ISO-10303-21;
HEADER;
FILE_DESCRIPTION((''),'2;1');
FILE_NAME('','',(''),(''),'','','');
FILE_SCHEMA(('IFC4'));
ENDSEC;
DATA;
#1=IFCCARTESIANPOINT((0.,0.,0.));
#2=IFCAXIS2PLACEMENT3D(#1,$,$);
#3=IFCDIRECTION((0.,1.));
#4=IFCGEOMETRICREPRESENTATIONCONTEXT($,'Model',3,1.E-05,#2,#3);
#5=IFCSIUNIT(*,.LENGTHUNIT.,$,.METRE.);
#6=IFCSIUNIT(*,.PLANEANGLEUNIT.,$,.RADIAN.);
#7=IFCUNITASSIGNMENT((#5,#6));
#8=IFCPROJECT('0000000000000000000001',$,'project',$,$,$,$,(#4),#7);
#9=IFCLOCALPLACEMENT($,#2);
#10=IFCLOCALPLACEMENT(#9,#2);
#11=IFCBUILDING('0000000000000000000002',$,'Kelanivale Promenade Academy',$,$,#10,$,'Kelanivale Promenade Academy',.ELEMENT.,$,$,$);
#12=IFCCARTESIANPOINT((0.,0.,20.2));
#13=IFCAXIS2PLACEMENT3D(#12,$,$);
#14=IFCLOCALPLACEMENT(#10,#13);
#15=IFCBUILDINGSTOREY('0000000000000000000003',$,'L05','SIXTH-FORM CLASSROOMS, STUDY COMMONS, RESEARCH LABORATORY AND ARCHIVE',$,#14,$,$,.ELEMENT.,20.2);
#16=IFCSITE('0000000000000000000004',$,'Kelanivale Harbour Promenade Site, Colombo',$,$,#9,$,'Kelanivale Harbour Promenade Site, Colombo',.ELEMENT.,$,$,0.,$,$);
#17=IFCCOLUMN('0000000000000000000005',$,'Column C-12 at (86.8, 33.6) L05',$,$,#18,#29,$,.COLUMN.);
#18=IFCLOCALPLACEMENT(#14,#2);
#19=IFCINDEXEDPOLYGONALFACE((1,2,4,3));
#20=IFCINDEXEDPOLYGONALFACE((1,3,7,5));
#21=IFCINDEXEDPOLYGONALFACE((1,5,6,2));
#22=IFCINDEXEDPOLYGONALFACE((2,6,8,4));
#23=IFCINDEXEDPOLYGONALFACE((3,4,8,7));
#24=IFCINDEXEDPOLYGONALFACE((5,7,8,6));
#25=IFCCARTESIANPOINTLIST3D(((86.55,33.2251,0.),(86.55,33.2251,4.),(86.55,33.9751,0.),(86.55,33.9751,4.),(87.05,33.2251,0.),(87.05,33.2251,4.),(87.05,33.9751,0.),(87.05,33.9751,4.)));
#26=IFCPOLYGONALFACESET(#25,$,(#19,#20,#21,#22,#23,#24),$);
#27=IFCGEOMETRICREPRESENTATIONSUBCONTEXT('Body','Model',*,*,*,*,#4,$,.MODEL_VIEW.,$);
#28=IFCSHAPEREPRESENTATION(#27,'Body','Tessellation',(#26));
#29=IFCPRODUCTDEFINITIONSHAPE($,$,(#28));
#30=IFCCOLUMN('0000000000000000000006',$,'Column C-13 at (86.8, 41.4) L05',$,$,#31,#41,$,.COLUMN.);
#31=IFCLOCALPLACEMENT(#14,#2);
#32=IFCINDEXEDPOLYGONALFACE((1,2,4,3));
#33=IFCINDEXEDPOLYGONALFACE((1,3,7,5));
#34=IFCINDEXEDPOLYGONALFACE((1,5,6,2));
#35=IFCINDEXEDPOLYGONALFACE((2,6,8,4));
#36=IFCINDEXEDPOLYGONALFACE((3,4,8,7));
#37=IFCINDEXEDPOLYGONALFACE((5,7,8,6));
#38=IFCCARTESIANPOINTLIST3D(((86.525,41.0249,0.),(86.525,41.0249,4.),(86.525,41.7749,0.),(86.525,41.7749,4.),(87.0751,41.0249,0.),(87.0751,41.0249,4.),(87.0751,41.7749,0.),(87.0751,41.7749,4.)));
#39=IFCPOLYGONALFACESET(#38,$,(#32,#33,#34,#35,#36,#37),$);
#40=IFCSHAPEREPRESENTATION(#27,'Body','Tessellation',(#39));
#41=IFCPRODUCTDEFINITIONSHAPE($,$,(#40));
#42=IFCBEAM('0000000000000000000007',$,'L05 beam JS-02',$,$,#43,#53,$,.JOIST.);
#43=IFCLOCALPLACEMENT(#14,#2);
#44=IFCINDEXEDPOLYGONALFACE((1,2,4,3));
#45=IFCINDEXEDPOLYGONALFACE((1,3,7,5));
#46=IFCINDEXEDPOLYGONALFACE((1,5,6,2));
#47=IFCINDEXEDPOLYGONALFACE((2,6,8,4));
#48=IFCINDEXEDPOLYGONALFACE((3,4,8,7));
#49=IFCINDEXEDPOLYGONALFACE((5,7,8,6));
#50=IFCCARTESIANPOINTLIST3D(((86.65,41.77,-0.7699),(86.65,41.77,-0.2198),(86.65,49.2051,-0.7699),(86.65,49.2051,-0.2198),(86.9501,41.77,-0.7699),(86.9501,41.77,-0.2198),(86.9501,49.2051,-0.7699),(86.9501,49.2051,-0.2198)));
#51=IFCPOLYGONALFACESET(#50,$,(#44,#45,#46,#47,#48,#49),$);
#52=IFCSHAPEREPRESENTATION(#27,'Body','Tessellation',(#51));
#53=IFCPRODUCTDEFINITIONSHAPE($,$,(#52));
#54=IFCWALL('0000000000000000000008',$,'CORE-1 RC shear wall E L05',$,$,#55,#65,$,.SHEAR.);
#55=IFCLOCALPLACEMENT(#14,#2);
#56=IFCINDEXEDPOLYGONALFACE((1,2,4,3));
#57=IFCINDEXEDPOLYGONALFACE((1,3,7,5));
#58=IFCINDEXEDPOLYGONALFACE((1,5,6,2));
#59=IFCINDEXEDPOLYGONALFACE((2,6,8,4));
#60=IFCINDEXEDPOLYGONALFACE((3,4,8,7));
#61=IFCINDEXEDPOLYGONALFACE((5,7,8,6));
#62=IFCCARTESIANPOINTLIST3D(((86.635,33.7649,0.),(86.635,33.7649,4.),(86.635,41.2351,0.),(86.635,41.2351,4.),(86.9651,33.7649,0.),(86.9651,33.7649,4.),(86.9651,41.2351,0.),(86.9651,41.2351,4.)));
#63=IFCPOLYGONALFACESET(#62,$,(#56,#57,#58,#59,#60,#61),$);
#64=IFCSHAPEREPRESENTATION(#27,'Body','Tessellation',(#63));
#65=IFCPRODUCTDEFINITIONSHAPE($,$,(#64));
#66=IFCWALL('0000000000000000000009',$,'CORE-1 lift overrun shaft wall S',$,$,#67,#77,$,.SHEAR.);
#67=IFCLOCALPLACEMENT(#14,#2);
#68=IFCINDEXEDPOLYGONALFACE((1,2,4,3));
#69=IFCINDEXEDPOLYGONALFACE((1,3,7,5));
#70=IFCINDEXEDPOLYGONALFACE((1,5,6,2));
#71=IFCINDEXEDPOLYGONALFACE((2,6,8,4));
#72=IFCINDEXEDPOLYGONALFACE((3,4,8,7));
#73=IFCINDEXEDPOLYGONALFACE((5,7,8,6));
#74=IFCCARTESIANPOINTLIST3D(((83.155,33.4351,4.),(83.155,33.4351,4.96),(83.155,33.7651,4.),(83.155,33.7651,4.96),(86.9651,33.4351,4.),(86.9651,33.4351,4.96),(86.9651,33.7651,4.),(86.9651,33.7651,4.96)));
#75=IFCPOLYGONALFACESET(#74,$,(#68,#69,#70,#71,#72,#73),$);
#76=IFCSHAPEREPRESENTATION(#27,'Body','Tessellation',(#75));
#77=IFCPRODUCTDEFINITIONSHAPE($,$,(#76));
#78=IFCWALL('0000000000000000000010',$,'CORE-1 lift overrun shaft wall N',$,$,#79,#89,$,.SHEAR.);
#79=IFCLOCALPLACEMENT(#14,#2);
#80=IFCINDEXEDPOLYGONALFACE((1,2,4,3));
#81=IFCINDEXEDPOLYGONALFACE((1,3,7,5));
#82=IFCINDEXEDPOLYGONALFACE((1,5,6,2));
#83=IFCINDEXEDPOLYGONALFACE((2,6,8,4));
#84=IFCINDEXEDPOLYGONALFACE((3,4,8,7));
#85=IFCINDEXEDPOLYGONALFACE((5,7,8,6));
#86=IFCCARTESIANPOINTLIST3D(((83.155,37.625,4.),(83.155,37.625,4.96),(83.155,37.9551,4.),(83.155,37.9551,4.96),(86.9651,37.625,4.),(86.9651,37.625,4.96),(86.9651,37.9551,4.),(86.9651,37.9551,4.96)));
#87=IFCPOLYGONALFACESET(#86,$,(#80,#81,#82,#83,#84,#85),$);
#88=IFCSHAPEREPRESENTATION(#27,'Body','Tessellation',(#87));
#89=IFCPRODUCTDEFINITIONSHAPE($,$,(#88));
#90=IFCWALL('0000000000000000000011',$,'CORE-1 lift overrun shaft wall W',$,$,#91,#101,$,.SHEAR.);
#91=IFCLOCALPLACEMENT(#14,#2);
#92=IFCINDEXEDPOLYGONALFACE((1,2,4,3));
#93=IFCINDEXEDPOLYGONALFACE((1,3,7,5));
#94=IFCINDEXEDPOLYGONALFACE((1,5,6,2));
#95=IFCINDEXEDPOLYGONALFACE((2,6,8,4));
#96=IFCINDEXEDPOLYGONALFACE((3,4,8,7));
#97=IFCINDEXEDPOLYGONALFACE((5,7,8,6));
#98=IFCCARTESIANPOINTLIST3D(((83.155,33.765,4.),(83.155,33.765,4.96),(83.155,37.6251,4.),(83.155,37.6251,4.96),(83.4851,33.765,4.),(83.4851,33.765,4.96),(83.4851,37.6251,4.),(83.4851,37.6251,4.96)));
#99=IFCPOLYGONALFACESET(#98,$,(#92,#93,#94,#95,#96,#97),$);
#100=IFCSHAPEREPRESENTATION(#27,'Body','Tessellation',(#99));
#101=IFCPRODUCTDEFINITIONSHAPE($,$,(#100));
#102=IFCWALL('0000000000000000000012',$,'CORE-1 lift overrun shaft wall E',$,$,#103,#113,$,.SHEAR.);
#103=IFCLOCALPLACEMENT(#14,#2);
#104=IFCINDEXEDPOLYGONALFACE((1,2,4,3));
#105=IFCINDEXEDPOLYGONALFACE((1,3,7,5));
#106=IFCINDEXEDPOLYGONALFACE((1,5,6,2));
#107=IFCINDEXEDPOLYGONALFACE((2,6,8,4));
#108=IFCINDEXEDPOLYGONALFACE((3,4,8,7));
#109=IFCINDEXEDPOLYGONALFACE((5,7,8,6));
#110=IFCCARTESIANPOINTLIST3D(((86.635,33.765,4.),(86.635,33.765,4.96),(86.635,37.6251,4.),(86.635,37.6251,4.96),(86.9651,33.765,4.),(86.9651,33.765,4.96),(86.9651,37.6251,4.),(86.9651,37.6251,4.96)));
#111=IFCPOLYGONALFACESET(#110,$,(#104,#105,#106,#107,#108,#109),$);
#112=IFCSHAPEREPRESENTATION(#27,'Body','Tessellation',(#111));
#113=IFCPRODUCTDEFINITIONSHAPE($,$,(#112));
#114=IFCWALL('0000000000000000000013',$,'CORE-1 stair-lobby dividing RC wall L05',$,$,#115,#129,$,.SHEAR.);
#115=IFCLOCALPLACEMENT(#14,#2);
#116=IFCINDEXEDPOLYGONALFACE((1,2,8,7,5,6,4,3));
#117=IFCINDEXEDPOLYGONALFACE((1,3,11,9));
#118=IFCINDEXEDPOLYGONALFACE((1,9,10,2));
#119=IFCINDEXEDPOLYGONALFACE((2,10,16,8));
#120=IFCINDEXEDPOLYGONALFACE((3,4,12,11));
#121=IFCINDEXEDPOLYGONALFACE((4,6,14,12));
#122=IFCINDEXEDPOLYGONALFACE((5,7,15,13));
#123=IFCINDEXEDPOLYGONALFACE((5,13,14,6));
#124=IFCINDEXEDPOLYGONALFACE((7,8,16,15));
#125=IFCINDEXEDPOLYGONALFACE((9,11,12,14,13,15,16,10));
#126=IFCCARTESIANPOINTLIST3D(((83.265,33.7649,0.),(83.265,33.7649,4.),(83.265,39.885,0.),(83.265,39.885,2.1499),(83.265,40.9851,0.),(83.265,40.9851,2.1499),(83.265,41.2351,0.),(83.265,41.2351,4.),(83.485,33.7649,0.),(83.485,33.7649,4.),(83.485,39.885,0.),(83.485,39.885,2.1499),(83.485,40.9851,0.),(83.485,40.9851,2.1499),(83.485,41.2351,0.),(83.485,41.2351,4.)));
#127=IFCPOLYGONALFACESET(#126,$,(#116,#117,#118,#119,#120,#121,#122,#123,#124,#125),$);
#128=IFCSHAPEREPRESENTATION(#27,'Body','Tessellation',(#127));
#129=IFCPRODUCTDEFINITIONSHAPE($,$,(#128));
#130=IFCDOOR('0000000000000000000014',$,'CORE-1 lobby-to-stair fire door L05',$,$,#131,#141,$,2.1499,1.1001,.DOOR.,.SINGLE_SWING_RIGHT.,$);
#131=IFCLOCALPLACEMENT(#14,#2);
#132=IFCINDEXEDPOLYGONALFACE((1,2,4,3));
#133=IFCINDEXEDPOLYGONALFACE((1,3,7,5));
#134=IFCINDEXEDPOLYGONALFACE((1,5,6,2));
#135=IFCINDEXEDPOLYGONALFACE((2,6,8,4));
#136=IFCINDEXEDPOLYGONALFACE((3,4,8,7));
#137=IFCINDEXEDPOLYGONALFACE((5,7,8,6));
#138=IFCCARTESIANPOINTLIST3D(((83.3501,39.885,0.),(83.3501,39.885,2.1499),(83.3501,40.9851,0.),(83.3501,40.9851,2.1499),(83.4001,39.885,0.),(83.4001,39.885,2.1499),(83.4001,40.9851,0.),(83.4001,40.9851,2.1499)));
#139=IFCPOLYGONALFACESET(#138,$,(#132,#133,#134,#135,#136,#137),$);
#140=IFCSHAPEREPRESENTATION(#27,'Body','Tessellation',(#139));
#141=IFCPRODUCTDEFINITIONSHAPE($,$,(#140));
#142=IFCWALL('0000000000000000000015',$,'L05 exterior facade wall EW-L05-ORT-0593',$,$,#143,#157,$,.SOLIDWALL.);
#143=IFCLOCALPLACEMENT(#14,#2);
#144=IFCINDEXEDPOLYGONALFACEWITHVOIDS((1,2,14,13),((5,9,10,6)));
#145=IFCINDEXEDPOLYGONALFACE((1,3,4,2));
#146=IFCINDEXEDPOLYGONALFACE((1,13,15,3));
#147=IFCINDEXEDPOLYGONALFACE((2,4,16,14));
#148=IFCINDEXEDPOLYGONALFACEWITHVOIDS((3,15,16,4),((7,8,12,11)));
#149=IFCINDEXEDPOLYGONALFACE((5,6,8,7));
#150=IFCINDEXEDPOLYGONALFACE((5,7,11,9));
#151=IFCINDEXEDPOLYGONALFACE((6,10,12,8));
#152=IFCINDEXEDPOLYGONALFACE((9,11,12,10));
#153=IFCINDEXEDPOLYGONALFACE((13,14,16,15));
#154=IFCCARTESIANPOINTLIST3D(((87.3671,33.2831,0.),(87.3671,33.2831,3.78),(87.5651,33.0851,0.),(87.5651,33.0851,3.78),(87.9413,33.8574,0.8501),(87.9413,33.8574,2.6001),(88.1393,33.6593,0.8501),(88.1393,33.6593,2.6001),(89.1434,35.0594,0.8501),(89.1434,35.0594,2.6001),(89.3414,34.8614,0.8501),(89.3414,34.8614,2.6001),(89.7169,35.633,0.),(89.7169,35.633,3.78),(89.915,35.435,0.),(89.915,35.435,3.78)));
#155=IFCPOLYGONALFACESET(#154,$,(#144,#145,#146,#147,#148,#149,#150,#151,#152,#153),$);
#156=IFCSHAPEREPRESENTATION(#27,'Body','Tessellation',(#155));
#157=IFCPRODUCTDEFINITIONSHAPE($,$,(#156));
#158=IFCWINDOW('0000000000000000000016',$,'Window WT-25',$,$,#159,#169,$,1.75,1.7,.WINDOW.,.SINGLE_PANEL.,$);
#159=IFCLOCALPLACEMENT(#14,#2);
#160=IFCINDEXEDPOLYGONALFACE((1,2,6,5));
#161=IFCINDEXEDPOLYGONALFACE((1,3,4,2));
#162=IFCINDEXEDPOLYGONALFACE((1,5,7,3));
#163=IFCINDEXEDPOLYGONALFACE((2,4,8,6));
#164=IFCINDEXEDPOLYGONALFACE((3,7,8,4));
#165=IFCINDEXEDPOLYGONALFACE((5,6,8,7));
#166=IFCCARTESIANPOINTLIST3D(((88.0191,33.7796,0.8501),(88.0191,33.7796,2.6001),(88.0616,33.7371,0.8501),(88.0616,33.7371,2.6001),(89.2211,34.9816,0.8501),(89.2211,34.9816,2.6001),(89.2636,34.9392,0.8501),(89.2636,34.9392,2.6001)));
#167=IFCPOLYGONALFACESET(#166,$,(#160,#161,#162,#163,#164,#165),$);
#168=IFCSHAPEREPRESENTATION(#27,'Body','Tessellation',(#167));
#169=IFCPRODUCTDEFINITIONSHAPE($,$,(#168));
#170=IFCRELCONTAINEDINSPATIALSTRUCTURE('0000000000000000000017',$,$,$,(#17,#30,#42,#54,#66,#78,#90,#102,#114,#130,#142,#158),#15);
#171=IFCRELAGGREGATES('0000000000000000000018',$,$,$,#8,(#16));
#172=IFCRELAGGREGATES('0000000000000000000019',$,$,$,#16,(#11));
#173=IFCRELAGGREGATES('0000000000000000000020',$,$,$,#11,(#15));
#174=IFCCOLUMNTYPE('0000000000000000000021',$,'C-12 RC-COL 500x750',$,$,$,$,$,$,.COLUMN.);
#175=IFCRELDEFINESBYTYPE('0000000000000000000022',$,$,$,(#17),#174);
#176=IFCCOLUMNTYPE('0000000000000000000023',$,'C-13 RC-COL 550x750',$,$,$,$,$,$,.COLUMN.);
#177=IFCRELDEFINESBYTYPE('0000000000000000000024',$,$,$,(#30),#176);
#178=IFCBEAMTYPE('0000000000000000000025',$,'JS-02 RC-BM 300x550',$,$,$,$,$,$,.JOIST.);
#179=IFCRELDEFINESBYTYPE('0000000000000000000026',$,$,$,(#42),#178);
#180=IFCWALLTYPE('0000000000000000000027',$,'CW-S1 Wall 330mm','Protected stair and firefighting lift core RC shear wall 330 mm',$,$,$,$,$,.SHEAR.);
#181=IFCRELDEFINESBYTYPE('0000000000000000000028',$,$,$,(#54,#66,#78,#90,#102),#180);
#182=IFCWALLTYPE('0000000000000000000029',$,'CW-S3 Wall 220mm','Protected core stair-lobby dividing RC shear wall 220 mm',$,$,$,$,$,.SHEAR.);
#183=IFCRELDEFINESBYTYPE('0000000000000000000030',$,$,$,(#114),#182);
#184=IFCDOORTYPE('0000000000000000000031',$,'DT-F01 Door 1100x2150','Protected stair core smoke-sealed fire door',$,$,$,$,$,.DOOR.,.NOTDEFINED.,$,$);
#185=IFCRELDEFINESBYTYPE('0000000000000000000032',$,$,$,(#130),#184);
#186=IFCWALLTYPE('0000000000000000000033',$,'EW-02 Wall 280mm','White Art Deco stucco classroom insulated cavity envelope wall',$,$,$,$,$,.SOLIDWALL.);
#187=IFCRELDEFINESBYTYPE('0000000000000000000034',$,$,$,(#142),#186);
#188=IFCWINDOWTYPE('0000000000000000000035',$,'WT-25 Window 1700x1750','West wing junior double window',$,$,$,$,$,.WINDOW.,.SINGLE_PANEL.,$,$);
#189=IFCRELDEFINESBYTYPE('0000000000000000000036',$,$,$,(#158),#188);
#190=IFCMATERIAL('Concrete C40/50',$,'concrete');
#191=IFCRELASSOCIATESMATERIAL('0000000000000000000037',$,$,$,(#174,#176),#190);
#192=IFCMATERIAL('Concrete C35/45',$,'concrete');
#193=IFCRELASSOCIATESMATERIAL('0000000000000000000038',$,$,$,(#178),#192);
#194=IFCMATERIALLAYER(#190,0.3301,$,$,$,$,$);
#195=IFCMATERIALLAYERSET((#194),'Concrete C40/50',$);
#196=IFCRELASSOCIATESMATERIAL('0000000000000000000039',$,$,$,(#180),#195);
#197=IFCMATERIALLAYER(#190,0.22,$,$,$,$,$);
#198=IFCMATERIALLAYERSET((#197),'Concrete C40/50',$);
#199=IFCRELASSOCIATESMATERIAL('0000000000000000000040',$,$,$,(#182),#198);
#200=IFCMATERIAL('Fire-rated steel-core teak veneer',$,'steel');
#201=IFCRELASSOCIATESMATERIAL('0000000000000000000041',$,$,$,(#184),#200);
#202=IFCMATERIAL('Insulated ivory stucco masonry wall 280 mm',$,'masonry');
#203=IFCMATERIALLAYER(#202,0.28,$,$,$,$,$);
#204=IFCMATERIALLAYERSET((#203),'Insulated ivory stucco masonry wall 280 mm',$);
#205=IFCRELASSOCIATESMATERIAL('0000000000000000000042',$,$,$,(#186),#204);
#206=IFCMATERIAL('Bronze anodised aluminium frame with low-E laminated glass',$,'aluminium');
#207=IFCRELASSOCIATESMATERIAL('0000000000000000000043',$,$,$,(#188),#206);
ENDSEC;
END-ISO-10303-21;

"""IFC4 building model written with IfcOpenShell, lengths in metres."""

from ifc_helpers import new_model, si_unit, direction, frame, frame_2d, origin, origin_2d, place, context, subcontext, project, spatial, rectangle, extrude, material, layer, layer_set, material_profile, profile_set, type_object, element, fill, save


model = new_model("IFC4")

# Units and contexts
model_context = context("Model", 3, precision=1e-05, world=origin(), true_north=direction((0.0, 1.0)))
body_context = subcontext(model_context, "Body", "Model", "MODEL_VIEW")
ifc_project = project(units=[si_unit("LENGTHUNIT", "METRE"), si_unit("PLANEANGLEUNIT", "RADIAN")], contexts=[model_context])

# Site, building, storey
site_placement = place(None, origin())
site = spatial("IfcSite", under=ifc_project, at=site_placement, Name="Kelanivale Harbour Promenade Site, Colombo", LongName="Kelanivale Harbour Promenade Site, Colombo", CompositionType="ELEMENT", RefElevation=0.0)
building_placement = place(site_placement, origin())
building = spatial("IfcBuilding", under=site, at=building_placement, Name="Kelanivale Promenade Academy", LongName="Kelanivale Promenade Academy", CompositionType="ELEMENT")
storey_placement = place(building_placement, frame((0.0, 0.0, 20.2)))
storey = spatial("IfcBuildingStorey", under=building, at=storey_placement, Name="L05", Description="SIXTH-FORM CLASSROOMS, STUDY COMMONS, RESEARCH LABORATORY AND ARCHIVE", CompositionType="ELEMENT", Elevation=20.2)

# Columns
ifc_material_1 = material(Name="Concrete C40/50", Category="concrete")
ifc_material_profile_1 = material_profile(ifc_material_1, rectangle(XDim=0.5, YDim=0.75, at=origin_2d()), Name="RC-COL 500x750")
ifc_profile_set_1 = profile_set([ifc_material_profile_1], Name="Concrete C40/50")
column_type_1 = type_object("IfcColumnType", Name="C-12 RC-COL 500x750", PredefinedType="COLUMN", material=ifc_profile_set_1)
column_1_placement = place(storey_placement, frame((86.8, 33.6001, 0.0), z_axis=(0.0, 0.0, 1.0), x_axis=(1.0, 0.0, 0.0)))
element("IfcColumn", 1, at=column_1_placement, inside=storey, type_object=column_type_1, Name="Column C-12 at (86.8, 33.6) L05", PredefinedType="COLUMN", context=body_context, shape_type="SweptSolid", body=[
    extrude(rectangle(XDim=0.5, YDim=0.75, at=origin_2d()), origin(), (0.0, 0.0, 1.0), 4.0),
])
ifc_material_profile_2 = material_profile(ifc_material_1, rectangle(XDim=0.55, YDim=0.75, at=origin_2d()), Name="RC-COL 550x750")
ifc_profile_set_2 = profile_set([ifc_material_profile_2], Name="Concrete C40/50")
column_type_2 = type_object("IfcColumnType", Name="C-13 RC-COL 550x750", PredefinedType="COLUMN", material=ifc_profile_set_2)
column_2_placement = place(storey_placement, frame((86.8, 41.3999, 0.0), z_axis=(0.0, 0.0, 1.0), x_axis=(1.0, 0.0, 0.0)))
element("IfcColumn", 2, at=column_2_placement, inside=storey, type_object=column_type_2, Name="Column C-13 at (86.8, 41.4) L05", PredefinedType="COLUMN", context=body_context, shape_type="SweptSolid", body=[
    extrude(rectangle(XDim=0.55, YDim=0.75, at=origin_2d()), origin(), (0.0, 0.0, 1.0), 4.0),
])

# Beam
ifc_material_2 = material(Name="Concrete C35/45", Category="concrete")
ifc_material_profile_3 = material_profile(ifc_material_2, rectangle(XDim=0.3, YDim=0.55, at=origin_2d()), Name="RC-BM 300x550")
ifc_profile_set_3 = profile_set([ifc_material_profile_3], Name="Concrete C35/45")
beam_type = type_object("IfcBeamType", Name="JS-02 RC-BM 300x550", PredefinedType="JOIST", material=ifc_profile_set_3)
beam_placement = place(storey_placement, frame((86.8, 41.77, -0.4949), z_axis=(0.0, 1.0, 0.0), x_axis=(-1.0, 0.0, 0.0)))
element("IfcBeam", 3, at=beam_placement, inside=storey, type_object=beam_type, Name="L05 beam JS-02", PredefinedType="JOIST", context=body_context, shape_type="SweptSolid", body=[
    extrude(rectangle(XDim=0.3, YDim=0.55, at=origin_2d()), origin(), (0.0, 0.0, 1.0), 7.4351),
])

# Walls
ifc_layer_1 = layer(ifc_material_1, 0.3301)
ifc_layer_set_1 = layer_set([ifc_layer_1], Name="Concrete C40/50")
wall_type_1 = type_object("IfcWallType", Name="CW-S1 Wall 330mm", Description="Protected stair and firefighting lift core RC shear wall 330 mm", PredefinedType="SHEAR", material=ifc_layer_set_1)
wall_1_placement = place(storey_placement, frame((86.8, 33.7649, 0.0), z_axis=(0.0, 0.0, 1.0), x_axis=(0.0, 1.0, 0.0)))
element("IfcWall", 4, at=wall_1_placement, inside=storey, type_object=wall_type_1, Name="CORE-1 RC shear wall E L05", PredefinedType="SHEAR", context=body_context, shape_type="SweptSolid", body=[
    extrude(rectangle(XDim=7.4702, YDim=0.3301, at=frame_2d((3.7351, 0.0))), origin(), (0.0, 0.0, 1.0), 4.0),
])
for number, where, z_axis, x_axis, name in (
    (5, (83.155, 33.6001, 4.0), (0.0, 0.0, 1.0), (1.0, 0.0, 0.0), "CORE-1 lift overrun shaft wall S"),
    (6, (83.155, 37.79, 4.0), (0.0, 0.0, 1.0), (1.0, 0.0, 0.0), "CORE-1 lift overrun shaft wall N"),
):
    element("IfcWall", number, at=place(storey_placement, frame(where, z_axis=z_axis, x_axis=x_axis)), inside=storey, type_object=wall_type_1, Name=name, PredefinedType="SHEAR", context=body_context, shape_type="SweptSolid", body=[
        extrude(rectangle(XDim=3.8101, YDim=0.3301, at=frame_2d((1.905, 0.0))), origin(), (0.0, 0.0, 1.0), 0.96),
    ])
for number, where, z_axis, x_axis, name in (
    (7, (83.3201, 33.7649, 4.0), (0.0, 0.0, 1.0), (0.0, 1.0, 0.0), "CORE-1 lift overrun shaft wall W"),
    (8, (86.8, 33.7649, 4.0), (0.0, 0.0, 1.0), (0.0, 1.0, 0.0), "CORE-1 lift overrun shaft wall E"),
):
    element("IfcWall", number, at=place(storey_placement, frame(where, z_axis=z_axis, x_axis=x_axis)), inside=storey, type_object=wall_type_1, Name=name, PredefinedType="SHEAR", context=body_context, shape_type="SweptSolid", body=[
        extrude(rectangle(XDim=3.8601, YDim=0.3301, at=frame_2d((1.9302, 0.0))), origin(), (0.0, 0.0, 1.0), 0.96),
    ])

# Shared definitions
ifc_material_3 = material(Name="Fire-rated steel-core teak veneer", Category="steel")

# Wall, opening, door
ifc_layer_2 = layer(ifc_material_1, 0.22)
ifc_layer_set_2 = layer_set([ifc_layer_2], Name="Concrete C40/50")
wall_type_2 = type_object("IfcWallType", Name="CW-S3 Wall 220mm", Description="Protected core stair-lobby dividing RC shear wall 220 mm", PredefinedType="SHEAR", material=ifc_layer_set_2)
wall_2_placement = place(storey_placement, frame((83.375, 33.7649, 0.0), z_axis=(0.0, 0.0, 1.0), x_axis=(0.0, 1.0, 0.0)))
wall_2 = element("IfcWall", 9, at=wall_2_placement, inside=storey, type_object=wall_type_2, Name="CORE-1 stair-lobby dividing RC wall L05", PredefinedType="SHEAR", context=body_context, shape_type="SweptSolid", body=[
    extrude(rectangle(XDim=7.4702, YDim=0.22, at=frame_2d((3.7351, 0.0))), origin(), (0.0, 0.0, 1.0), 4.0),
])
opening_1_placement = place(wall_2_placement, frame((6.1201, 0.0, 0.0)))
opening_1 = element("IfcOpeningElement", 10, at=opening_1_placement, cuts=wall_2, PredefinedType="OPENING", context=body_context, shape_type="SweptSolid", body=[
    extrude(rectangle(XDim=1.1001, YDim=2.1499, at=frame_2d((0.55, 1.075))), frame((0.0, 0.1201, 0.0), z_axis=(0.0, -1.0, 0.0), x_axis=(1.0, 0.0, 0.0)), (0.0, 0.0, 1.0), 0.24),
])
door_type_1 = type_object("IfcDoorType", Name="DT-F01 Door 1100x2150", Description="Protected stair core smoke-sealed fire door", OperationType="NOTDEFINED", PredefinedType="DOOR", material=ifc_material_3)
door_1_placement = place(opening_1_placement, origin())
door_1 = element("IfcDoor", 11, at=door_1_placement, inside=storey, type_object=door_type_1, Name="CORE-1 lobby-to-stair fire door L05", OperationType="SINGLE_SWING_RIGHT", OverallHeight=2.1499, OverallWidth=1.1001, PredefinedType="DOOR", context=body_context, shape_type="SweptSolid", body=[
    extrude(rectangle(XDim=1.1001, YDim=2.1499, at=frame_2d((0.55, 1.075))), frame((0.0, 0.0249, 0.0), z_axis=(0.0, -1.0, 0.0), x_axis=(1.0, 0.0, 0.0)), (0.0, 0.0, 1.0), 0.05),
])
fill(opening_1, door_1)

# Wall, opening, window
ifc_material_4 = material(Name="Insulated ivory stucco masonry wall 280 mm", Category="masonry")
ifc_layer_3 = layer(ifc_material_4, 0.28)
ifc_layer_set_3 = layer_set([ifc_layer_3], Name="Insulated ivory stucco masonry wall 280 mm")
wall_type_3 = type_object("IfcWallType", Name="EW-02 Wall 280mm", Description="White Art Deco stucco classroom insulated cavity envelope wall", PredefinedType="SOLIDWALL", material=ifc_layer_set_3)
wall_3_placement = place(storey_placement, frame((87.4661, 33.1841, 0.0), z_axis=(0.0, 0.0, 1.0), x_axis=(0.707107, 0.707107, 0.0)))
wall_3 = element("IfcWall", 12, at=wall_3_placement, inside=storey, type_object=wall_type_3, Name="L05 exterior facade wall EW-L05-ORT-0593", PredefinedType="SOLIDWALL", context=body_context, shape_type="SweptSolid", body=[
    extrude(rectangle(XDim=3.3232, YDim=0.28, at=frame_2d((1.6616, 0.0))), origin(), (0.0, 0.0, 1.0), 3.78),
])
opening_2_placement = place(wall_3_placement, frame((0.812, 0.0, 0.8501)))
opening_2 = element("IfcOpeningElement", 13, at=opening_2_placement, cuts=wall_3, PredefinedType="OPENING", context=body_context, shape_type="SweptSolid", body=[
    extrude(rectangle(XDim=1.7, YDim=1.75, at=frame_2d((0.8501, 0.875))), frame((0.0, 0.1499, 0.0), z_axis=(0.0, -1.0, 0.0), x_axis=(1.0, 0.0, 0.0)), (0.0, 0.0, 1.0), 0.3),
])
ifc_material_5 = material(Name="Bronze anodised aluminium frame with low-E laminated glass", Category="aluminium")
window_type = type_object("IfcWindowType", Name="WT-25 Window 1700x1750", Description="West wing junior double window", PartitioningType="SINGLE_PANEL", PredefinedType="WINDOW", material=ifc_material_5)
window_placement = place(opening_2_placement, origin())
window = element("IfcWindow", 14, at=window_placement, inside=storey, type_object=window_type, Name="Window WT-25", OverallHeight=1.75, OverallWidth=1.7, PartitioningType="SINGLE_PANEL", PredefinedType="WINDOW", context=body_context, shape_type="SweptSolid", body=[
    extrude(rectangle(XDim=1.7, YDim=1.75, at=frame_2d((0.8501, 0.875))), frame((0.0, 0.03, 0.0), z_axis=(0.0, -1.0, 0.0), x_axis=(1.0, 0.0, 0.0)), (0.0, 0.0, 1.0), 0.0601),
])
fill(opening_2, window)

save(model, "model.ifc")
